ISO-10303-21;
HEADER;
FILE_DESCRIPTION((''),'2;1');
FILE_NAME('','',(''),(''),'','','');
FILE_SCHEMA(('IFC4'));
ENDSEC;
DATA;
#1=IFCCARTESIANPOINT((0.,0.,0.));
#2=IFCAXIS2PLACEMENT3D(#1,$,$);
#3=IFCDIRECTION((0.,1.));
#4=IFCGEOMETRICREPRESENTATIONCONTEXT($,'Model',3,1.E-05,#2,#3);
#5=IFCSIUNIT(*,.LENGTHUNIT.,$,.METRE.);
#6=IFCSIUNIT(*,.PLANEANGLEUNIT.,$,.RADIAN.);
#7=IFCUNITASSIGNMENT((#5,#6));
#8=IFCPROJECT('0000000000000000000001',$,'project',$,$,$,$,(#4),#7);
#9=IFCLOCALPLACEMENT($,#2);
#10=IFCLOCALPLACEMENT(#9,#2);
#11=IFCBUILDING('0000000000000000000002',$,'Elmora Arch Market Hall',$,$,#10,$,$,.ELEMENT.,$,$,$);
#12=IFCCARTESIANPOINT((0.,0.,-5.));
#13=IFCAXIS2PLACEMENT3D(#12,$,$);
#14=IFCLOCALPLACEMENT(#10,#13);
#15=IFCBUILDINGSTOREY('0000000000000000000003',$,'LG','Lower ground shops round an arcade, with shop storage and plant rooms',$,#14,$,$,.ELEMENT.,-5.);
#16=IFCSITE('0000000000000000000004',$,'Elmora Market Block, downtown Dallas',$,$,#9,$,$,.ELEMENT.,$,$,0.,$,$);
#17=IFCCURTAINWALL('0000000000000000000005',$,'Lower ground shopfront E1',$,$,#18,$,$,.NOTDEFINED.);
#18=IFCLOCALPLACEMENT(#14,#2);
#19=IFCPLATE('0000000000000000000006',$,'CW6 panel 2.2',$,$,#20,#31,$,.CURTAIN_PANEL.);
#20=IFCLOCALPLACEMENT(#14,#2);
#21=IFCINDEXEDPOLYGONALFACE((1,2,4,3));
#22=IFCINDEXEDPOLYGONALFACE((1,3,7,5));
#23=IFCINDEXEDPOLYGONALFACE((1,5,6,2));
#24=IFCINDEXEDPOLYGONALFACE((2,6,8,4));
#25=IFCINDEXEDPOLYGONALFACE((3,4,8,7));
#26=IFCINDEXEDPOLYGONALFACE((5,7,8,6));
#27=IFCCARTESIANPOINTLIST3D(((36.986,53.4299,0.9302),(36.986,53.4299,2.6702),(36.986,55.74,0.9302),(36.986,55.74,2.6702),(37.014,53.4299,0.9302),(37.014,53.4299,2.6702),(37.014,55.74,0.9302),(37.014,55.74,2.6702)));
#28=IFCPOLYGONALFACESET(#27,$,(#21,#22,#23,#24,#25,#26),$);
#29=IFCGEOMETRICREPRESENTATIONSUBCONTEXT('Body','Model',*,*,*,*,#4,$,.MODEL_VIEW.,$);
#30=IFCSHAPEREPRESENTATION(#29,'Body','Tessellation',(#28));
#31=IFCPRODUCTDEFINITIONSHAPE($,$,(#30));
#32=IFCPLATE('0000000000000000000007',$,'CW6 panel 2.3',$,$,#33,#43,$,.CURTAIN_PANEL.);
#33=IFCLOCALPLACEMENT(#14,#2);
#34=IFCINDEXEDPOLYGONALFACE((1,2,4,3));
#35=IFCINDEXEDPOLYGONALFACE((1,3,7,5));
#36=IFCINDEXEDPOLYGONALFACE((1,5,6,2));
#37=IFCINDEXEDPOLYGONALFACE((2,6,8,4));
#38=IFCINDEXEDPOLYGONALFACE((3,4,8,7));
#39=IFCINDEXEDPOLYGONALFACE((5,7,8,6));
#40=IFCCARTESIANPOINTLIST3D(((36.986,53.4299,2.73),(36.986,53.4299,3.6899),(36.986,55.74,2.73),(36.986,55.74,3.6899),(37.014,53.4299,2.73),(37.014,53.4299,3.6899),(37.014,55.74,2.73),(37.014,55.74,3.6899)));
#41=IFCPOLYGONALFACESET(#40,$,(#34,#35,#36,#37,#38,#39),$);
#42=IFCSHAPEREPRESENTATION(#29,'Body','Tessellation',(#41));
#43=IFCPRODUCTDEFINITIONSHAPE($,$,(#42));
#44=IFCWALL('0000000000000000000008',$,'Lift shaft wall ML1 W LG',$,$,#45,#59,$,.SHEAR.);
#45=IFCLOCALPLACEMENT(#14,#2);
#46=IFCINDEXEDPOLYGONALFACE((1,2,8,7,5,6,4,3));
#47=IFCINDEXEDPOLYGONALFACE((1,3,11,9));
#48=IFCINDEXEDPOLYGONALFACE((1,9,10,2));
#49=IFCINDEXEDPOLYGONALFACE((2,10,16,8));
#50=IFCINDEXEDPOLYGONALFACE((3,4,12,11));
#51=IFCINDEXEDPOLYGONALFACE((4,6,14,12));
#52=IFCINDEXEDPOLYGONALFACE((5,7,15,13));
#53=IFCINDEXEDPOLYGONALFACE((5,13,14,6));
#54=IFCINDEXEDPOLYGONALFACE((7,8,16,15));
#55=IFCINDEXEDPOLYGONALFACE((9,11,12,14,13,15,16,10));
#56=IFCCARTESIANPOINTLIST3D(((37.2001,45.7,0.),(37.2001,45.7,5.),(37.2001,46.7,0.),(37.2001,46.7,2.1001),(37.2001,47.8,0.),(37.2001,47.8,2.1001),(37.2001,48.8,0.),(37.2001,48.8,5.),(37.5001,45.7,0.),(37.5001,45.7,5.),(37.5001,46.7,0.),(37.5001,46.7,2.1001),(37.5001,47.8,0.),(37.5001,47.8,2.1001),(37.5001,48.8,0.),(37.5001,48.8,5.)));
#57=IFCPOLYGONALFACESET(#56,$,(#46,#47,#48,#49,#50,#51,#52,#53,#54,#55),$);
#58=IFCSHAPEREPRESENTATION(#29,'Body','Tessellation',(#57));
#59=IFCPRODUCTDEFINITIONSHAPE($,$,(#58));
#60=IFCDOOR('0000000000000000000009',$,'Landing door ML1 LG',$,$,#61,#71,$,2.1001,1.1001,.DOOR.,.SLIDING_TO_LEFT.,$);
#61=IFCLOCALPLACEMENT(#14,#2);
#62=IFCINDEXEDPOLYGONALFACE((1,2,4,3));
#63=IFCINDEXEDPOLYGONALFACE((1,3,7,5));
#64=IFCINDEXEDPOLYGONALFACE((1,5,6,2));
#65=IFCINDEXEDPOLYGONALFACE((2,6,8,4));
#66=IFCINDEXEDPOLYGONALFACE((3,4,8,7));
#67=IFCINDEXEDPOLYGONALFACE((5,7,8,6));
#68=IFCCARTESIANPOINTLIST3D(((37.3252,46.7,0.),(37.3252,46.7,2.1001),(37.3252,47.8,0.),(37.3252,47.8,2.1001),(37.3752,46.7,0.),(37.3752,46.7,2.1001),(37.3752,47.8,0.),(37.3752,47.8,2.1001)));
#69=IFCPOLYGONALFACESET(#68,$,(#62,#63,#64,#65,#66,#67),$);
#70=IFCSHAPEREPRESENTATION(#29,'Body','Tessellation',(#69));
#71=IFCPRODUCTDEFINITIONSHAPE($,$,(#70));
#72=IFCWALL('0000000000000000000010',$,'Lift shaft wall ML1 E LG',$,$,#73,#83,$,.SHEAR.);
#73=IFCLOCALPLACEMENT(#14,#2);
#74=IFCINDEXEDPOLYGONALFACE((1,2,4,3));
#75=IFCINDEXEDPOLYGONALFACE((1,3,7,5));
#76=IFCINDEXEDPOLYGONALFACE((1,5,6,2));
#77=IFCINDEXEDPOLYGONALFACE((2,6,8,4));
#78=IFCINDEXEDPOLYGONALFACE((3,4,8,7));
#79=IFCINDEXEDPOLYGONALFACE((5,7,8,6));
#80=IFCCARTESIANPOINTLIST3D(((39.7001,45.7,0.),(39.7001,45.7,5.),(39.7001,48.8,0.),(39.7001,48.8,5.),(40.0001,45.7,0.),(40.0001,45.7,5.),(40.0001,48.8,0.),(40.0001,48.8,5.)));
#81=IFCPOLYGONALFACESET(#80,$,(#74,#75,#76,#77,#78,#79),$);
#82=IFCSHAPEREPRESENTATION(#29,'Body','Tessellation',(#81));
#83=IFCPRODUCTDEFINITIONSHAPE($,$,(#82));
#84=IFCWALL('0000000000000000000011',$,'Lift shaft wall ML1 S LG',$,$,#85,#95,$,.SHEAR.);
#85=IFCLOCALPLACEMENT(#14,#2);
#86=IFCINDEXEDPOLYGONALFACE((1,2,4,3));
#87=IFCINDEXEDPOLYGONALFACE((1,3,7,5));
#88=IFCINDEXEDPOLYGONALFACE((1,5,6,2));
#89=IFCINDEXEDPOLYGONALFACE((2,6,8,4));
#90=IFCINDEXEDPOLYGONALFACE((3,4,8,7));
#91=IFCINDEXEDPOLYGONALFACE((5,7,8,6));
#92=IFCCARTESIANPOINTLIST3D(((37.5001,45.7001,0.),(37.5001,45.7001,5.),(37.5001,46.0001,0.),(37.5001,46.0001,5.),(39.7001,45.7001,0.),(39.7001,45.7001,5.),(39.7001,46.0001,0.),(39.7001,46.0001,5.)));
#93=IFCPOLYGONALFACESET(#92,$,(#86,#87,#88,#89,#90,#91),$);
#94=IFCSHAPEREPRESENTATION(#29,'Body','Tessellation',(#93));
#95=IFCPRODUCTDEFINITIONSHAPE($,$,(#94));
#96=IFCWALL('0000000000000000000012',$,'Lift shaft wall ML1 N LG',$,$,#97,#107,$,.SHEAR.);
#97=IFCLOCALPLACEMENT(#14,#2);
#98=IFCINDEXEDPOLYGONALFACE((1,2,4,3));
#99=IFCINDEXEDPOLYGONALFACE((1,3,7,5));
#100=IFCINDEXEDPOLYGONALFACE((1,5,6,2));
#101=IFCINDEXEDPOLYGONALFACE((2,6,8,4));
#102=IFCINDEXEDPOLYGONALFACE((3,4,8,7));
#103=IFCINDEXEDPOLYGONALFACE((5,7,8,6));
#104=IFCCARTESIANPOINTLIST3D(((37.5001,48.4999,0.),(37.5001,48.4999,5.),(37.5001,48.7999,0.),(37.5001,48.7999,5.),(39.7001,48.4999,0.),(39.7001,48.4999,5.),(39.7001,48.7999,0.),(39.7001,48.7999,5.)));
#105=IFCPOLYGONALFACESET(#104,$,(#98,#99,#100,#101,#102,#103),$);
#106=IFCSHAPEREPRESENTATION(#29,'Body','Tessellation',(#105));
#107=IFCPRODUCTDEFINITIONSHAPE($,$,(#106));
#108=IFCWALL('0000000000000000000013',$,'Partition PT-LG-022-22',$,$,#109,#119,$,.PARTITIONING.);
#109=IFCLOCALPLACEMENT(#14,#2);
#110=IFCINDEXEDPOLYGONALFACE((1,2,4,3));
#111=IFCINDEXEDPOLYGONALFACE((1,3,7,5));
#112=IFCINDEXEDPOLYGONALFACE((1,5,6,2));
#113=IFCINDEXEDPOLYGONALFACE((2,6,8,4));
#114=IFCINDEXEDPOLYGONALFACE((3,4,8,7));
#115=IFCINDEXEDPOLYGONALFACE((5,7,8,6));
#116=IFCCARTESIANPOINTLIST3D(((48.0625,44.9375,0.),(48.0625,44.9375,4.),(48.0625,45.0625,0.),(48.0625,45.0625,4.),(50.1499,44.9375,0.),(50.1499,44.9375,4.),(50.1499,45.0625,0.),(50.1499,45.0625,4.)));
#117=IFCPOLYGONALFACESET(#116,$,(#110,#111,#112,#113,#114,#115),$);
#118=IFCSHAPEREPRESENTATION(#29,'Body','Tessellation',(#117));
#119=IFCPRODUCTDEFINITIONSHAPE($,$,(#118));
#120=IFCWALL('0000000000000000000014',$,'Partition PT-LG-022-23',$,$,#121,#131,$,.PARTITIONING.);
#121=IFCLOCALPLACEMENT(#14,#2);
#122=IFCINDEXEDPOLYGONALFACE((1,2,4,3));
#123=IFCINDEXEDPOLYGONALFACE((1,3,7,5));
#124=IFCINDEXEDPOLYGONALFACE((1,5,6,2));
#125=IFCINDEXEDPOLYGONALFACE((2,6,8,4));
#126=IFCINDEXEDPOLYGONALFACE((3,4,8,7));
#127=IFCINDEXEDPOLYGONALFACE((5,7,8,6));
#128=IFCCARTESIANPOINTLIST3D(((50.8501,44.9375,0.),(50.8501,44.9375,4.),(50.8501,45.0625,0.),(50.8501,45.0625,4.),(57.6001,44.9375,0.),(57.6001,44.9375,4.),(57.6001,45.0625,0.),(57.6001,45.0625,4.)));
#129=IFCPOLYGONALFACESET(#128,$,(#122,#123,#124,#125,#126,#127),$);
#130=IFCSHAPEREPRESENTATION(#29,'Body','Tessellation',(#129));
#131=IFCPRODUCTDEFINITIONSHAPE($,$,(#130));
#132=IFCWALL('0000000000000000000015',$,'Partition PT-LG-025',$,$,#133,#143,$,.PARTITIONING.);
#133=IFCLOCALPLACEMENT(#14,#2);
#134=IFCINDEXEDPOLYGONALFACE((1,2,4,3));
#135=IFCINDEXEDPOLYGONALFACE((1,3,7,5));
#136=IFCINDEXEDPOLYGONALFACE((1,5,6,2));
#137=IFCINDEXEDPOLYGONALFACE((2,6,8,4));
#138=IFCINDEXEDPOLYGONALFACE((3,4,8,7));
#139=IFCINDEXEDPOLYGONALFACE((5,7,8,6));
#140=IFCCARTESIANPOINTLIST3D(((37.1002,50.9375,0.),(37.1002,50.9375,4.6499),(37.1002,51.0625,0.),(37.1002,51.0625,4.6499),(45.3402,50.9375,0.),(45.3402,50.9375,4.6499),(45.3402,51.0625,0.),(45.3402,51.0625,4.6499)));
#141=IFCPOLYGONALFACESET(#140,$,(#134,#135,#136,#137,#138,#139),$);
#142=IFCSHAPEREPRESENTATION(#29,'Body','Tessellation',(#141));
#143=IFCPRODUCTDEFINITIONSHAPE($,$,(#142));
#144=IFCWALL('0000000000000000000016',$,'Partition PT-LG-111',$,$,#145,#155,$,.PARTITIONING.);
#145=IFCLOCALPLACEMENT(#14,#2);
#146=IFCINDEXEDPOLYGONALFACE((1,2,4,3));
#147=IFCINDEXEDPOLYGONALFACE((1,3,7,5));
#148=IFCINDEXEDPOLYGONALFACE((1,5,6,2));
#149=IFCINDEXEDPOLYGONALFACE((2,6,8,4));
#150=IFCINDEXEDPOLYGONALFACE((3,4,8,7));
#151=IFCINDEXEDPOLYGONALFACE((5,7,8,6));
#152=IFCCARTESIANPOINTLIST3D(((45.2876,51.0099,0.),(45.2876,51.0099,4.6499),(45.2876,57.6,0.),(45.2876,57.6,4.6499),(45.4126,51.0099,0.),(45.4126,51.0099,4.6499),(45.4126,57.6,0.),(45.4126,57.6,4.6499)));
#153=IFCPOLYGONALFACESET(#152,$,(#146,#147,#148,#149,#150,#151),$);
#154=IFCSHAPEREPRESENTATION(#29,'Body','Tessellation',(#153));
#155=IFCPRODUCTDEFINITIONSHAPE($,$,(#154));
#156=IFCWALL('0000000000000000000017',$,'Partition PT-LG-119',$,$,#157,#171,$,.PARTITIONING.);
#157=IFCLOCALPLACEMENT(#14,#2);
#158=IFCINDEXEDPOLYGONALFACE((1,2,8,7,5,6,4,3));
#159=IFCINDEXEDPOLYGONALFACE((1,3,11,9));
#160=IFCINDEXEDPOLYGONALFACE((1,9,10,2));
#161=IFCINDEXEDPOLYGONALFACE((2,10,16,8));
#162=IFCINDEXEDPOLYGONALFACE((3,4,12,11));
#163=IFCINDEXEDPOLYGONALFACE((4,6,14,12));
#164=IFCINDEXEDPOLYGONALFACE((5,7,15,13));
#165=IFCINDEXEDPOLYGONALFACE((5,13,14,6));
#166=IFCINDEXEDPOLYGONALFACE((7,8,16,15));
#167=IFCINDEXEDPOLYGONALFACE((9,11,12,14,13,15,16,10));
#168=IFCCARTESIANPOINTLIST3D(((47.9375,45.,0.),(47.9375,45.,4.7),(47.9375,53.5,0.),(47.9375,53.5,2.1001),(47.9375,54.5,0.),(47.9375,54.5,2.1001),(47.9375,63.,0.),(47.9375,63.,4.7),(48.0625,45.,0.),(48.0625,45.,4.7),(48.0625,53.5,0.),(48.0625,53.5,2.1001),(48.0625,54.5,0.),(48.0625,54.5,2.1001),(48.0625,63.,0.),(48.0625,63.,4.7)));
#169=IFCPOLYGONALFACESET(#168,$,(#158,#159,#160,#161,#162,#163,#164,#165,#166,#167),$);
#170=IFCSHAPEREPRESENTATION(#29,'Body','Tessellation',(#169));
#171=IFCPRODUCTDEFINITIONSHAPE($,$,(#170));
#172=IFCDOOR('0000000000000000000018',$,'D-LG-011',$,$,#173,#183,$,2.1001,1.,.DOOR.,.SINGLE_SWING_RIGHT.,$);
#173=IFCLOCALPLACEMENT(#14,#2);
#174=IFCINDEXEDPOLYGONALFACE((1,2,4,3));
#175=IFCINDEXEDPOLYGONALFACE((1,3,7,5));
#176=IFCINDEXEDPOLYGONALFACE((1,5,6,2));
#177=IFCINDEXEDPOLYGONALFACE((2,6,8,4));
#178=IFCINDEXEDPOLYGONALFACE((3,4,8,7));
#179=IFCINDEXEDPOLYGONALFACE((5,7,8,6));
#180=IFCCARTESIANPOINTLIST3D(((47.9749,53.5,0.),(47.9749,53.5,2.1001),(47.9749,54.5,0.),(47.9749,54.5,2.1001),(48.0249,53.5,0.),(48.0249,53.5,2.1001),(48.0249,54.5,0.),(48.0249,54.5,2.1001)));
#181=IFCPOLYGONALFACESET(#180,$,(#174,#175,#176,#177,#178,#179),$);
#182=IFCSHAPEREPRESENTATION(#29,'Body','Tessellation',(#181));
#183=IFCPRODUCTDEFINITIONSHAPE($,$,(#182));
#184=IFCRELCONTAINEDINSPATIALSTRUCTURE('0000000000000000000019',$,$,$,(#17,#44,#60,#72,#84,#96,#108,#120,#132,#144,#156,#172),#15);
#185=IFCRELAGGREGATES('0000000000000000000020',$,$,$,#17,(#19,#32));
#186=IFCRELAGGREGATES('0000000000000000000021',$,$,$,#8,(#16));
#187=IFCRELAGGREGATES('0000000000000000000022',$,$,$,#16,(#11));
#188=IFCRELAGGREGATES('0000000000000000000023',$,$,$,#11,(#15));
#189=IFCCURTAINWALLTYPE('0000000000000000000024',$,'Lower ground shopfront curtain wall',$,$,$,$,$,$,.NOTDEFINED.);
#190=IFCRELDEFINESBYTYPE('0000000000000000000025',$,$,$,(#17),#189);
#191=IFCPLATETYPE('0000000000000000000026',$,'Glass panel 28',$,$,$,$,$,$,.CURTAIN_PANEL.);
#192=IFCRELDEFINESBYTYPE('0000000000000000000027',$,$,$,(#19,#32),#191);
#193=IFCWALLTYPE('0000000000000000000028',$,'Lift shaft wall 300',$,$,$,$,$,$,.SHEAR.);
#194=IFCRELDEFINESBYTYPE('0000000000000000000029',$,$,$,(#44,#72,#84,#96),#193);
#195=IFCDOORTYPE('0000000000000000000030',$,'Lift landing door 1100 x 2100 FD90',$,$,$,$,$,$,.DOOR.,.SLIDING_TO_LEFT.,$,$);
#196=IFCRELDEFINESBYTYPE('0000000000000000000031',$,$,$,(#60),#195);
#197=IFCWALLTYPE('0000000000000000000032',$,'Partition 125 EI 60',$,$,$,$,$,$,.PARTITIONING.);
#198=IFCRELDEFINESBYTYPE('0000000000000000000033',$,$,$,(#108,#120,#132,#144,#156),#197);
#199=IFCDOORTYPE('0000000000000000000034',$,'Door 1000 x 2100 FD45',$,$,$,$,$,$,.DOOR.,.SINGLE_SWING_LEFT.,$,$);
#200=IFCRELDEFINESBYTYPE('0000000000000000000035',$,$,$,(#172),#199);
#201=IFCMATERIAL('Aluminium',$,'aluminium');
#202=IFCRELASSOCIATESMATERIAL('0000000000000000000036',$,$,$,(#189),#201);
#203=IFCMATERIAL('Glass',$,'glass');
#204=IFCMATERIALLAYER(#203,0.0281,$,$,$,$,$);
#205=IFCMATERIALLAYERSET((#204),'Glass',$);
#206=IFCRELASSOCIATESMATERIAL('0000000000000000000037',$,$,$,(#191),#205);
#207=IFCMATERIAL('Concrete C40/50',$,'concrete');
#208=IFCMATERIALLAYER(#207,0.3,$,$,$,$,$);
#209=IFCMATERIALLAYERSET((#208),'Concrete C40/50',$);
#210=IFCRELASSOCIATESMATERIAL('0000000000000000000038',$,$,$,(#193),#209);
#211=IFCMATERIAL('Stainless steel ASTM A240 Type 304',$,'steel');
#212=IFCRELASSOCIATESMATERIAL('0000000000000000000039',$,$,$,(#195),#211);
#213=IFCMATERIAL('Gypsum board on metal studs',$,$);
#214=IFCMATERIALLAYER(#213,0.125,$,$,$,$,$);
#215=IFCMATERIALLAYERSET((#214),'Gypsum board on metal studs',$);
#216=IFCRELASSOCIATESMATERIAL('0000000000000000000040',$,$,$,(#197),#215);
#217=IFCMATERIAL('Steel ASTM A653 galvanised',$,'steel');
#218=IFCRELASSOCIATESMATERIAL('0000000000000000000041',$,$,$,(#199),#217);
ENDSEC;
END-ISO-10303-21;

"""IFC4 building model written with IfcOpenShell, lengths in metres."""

from ifc_helpers import new_model, si_unit, direction, frame, frame_2d, origin, origin_2d, place, context, subcontext, project, spatial, rectangle, extrude, material, layer, layer_set, type_object, element, fill, aggregate, save


model = new_model("IFC4")

# Units and contexts
model_context = context("Model", 3, precision=1e-05, world=origin(), true_north=direction((0.0, 1.0)))
body_context = subcontext(model_context, "Body", "Model", "MODEL_VIEW")
ifc_project = project(units=[si_unit("LENGTHUNIT", "METRE"), si_unit("PLANEANGLEUNIT", "RADIAN")], contexts=[model_context])

# Site, building, storey
site_placement = place(None, origin())
site = spatial("IfcSite", under=ifc_project, at=site_placement, Name="Elmora Market Block, downtown Dallas", CompositionType="ELEMENT", RefElevation=0.0)
building_placement = place(site_placement, origin())
building = spatial("IfcBuilding", under=site, at=building_placement, Name="Elmora Arch Market Hall", CompositionType="ELEMENT")
storey_placement = place(building_placement, frame((0.0, 0.0, -5.0)))
storey = spatial("IfcBuildingStorey", under=building, at=storey_placement, Name="LG", Description="Lower ground shops round an arcade, with shop storage and plant rooms", CompositionType="ELEMENT", Elevation=-5.0)

# Curtain wall, plates
ifc_material_1 = material(Name="Aluminium", Category="aluminium")
curtain_wall_type = type_object("IfcCurtainWallType", Name="Lower ground shopfront curtain wall", PredefinedType="NOTDEFINED", material=ifc_material_1)
curtain_wall_placement = place(storey_placement, origin())
curtain_wall = element("IfcCurtainWall", 1, at=curtain_wall_placement, inside=storey, type_object=curtain_wall_type, Name="Lower ground shopfront E1", PredefinedType="NOTDEFINED")
ifc_material_2 = material(Name="Glass", Category="glass")
ifc_layer_1 = layer(ifc_material_2, 0.0281)
ifc_layer_set_1 = layer_set([ifc_layer_1], Name="Glass")
plate_type = type_object("IfcPlateType", Name="Glass panel 28", PredefinedType="CURTAIN_PANEL", material=ifc_layer_set_1)
plate_1_placement = place(storey_placement, frame((37.0, 54.585, 0.9302), z_axis=(0.0, 0.0, 1.0), x_axis=(0.0, 1.0, 0.0)))
plate_1 = element("IfcPlate", 2, at=plate_1_placement, type_object=plate_type, Name="CW6 panel 2.2", PredefinedType="CURTAIN_PANEL", context=body_context, shape_type="SweptSolid", body=[
    extrude(rectangle(XDim=2.3101, YDim=0.0281, at=origin_2d()), origin(), (0.0, 0.0, 1.0), 1.74),
])
plate_2_placement = place(storey_placement, frame((37.0, 54.585, 2.73), z_axis=(0.0, 0.0, 1.0), x_axis=(0.0, 1.0, 0.0)))
plate_2 = element("IfcPlate", 3, at=plate_2_placement, type_object=plate_type, Name="CW6 panel 2.3", PredefinedType="CURTAIN_PANEL", context=body_context, shape_type="SweptSolid", body=[
    extrude(rectangle(XDim=2.3101, YDim=0.0281, at=origin_2d()), origin(), (0.0, 0.0, 1.0), 0.96),
])
aggregate(curtain_wall, [plate_1, plate_2])

# Wall, opening, door
ifc_material_3 = material(Name="Concrete C40/50", Category="concrete")
ifc_layer_2 = layer(ifc_material_3, 0.3)
ifc_layer_set_2 = layer_set([ifc_layer_2], Name="Concrete C40/50")
wall_type_1 = type_object("IfcWallType", Name="Lift shaft wall 300", PredefinedType="SHEAR", material=ifc_layer_set_2)
wall_1_placement = place(storey_placement, frame((37.3501, 45.7, 0.0), z_axis=(0.0, 0.0, 1.0), x_axis=(0.0, 1.0, 0.0)))
wall_1 = element("IfcWall", 4, at=wall_1_placement, inside=storey, type_object=wall_type_1, Name="Lift shaft wall ML1 W LG", PredefinedType="SHEAR", context=body_context, shape_type="SweptSolid", body=[
    extrude(rectangle(XDim=3.1001, YDim=0.3, at=frame_2d((1.55, 0.0))), origin(), (0.0, 0.0, 1.0), 5.0),
])
opening_1_placement = place(wall_1_placement, frame((1.0, 0.0, 0.0)))
opening_1 = element("IfcOpeningElement", 5, at=opening_1_placement, cuts=wall_1, PredefinedType="OPENING", context=body_context, shape_type="SweptSolid", body=[
    extrude(rectangle(XDim=1.1001, YDim=2.1001, at=frame_2d((0.55, 1.05))), frame((0.0, 0.1599, 0.0), z_axis=(0.0, -1.0, 0.0), x_axis=(1.0, 0.0, 0.0)), (0.0, 0.0, 1.0), 0.3201),
])
ifc_material_4 = material(Name="Stainless steel ASTM A240 Type 304", Category="steel")
door_type_1 = type_object("IfcDoorType", Name="Lift landing door 1100 x 2100 FD90", OperationType="SLIDING_TO_LEFT", PredefinedType="DOOR", material=ifc_material_4)
door_1_placement = place(opening_1_placement, origin())
door_1 = element("IfcDoor", 6, at=door_1_placement, inside=storey, type_object=door_type_1, Name="Landing door ML1 LG", OperationType="SLIDING_TO_LEFT", OverallHeight=2.1001, OverallWidth=1.1001, PredefinedType="DOOR", context=body_context, shape_type="SweptSolid", body=[
    extrude(rectangle(XDim=1.1001, YDim=2.1001, at=frame_2d((0.55, 1.05))), frame((0.0, 0.0249, 0.0), z_axis=(0.0, -1.0, 0.0), x_axis=(1.0, 0.0, 0.0)), (0.0, 0.0, 1.0), 0.05),
])
fill(opening_1, door_1)

# Walls
wall_2_placement = place(storey_placement, frame((39.8501, 45.7, 0.0), z_axis=(0.0, 0.0, 1.0), x_axis=(0.0, 1.0, 0.0)))
element("IfcWall", 7, at=wall_2_placement, inside=storey, type_object=wall_type_1, Name="Lift shaft wall ML1 E LG", PredefinedType="SHEAR", context=body_context, shape_type="SweptSolid", body=[
    extrude(rectangle(XDim=3.1001, YDim=0.3, at=frame_2d((1.55, 0.0))), origin(), (0.0, 0.0, 1.0), 5.0),
])
for number, where, z_axis, x_axis, name in (
    (8, (37.5, 45.8501, 0.0), (0.0, 0.0, 1.0), (1.0, 0.0, 0.0), "Lift shaft wall ML1 S LG"),
    (9, (37.5, 48.6499, 0.0), (0.0, 0.0, 1.0), (1.0, 0.0, 0.0), "Lift shaft wall ML1 N LG"),
):
    element("IfcWall", number, at=place(storey_placement, frame(where, z_axis=z_axis, x_axis=x_axis)), inside=storey, type_object=wall_type_1, Name=name, PredefinedType="SHEAR", context=body_context, shape_type="SweptSolid", body=[
        extrude(rectangle(XDim=2.2, YDim=0.3, at=frame_2d((1.1001, 0.0))), origin(), (0.0, 0.0, 1.0), 5.0),
    ])
ifc_material_5 = material(Name="Gypsum board on metal studs")
ifc_layer_3 = layer(ifc_material_5, 0.125)
ifc_layer_set_3 = layer_set([ifc_layer_3], Name="Gypsum board on metal studs")
wall_type_2 = type_object("IfcWallType", Name="Partition 125 EI 60", PredefinedType="PARTITIONING", material=ifc_layer_set_3)
wall_3_placement = place(storey_placement, frame((48.0625, 45.0, 0.0), z_axis=(0.0, 0.0, 1.0), x_axis=(1.0, 0.0, 0.0)))
element("IfcWall", 10, at=wall_3_placement, inside=storey, type_object=wall_type_2, Name="Partition PT-LG-022-22", PredefinedType="PARTITIONING", context=body_context, shape_type="SweptSolid", body=[
    extrude(rectangle(XDim=2.0874, YDim=0.125, at=frame_2d((1.0437, 0.0))), origin(), (0.0, 0.0, 1.0), 4.0),
])
wall_4_placement = place(storey_placement, frame((50.8501, 45.0, 0.0), z_axis=(0.0, 0.0, 1.0), x_axis=(1.0, 0.0, 0.0)))
element("IfcWall", 11, at=wall_4_placement, inside=storey, type_object=wall_type_2, Name="Partition PT-LG-022-23", PredefinedType="PARTITIONING", context=body_context, shape_type="SweptSolid", body=[
    extrude(rectangle(XDim=6.75, YDim=0.125, at=frame_2d((3.375, 0.0))), origin(), (0.0, 0.0, 1.0), 4.0),
])
wall_5_placement = place(storey_placement, frame((37.1001, 51.0, 0.0), z_axis=(0.0, 0.0, 1.0), x_axis=(1.0, 0.0, 0.0)))
element("IfcWall", 12, at=wall_5_placement, inside=storey, type_object=wall_type_2, Name="Partition PT-LG-025", PredefinedType="PARTITIONING", context=body_context, shape_type="SweptSolid", body=[
    extrude(rectangle(XDim=8.24, YDim=0.125, at=frame_2d((4.1201, 0.0))), origin(), (0.0, 0.0, 1.0), 4.6499),
])
wall_6_placement = place(storey_placement, frame((45.3501, 51.01, 0.0), z_axis=(0.0, 0.0, 1.0), x_axis=(0.0, 1.0, 0.0)))
element("IfcWall", 13, at=wall_6_placement, inside=storey, type_object=wall_type_2, Name="Partition PT-LG-111", PredefinedType="PARTITIONING", context=body_context, shape_type="SweptSolid", body=[
    extrude(rectangle(XDim=6.5901, YDim=0.125, at=frame_2d((3.2949, 0.0))), origin(), (0.0, 0.0, 1.0), 4.6499),
])

# Wall, opening, door
wall_7_placement = place(storey_placement, frame((48.0, 45.0, 0.0), z_axis=(0.0, 0.0, 1.0), x_axis=(0.0, 1.0, 0.0)))
wall_7 = element("IfcWall", 14, at=wall_7_placement, inside=storey, type_object=wall_type_2, Name="Partition PT-LG-119", PredefinedType="PARTITIONING", context=body_context, shape_type="SweptSolid", body=[
    extrude(rectangle(XDim=18.0, YDim=0.125, at=frame_2d((9.0, 0.0))), origin(), (0.0, 0.0, 1.0), 4.7),
])
opening_2_placement = place(wall_7_placement, frame((8.5, 0.0, 0.0)))
opening_2 = element("IfcOpeningElement", 15, at=opening_2_placement, cuts=wall_7, PredefinedType="OPENING", context=body_context, shape_type="SweptSolid", body=[
    extrude(rectangle(XDim=1.0, YDim=2.1001, at=frame_2d((0.5, 1.05))), frame((0.0, 0.0725, 0.0), z_axis=(0.0, -1.0, 0.0), x_axis=(1.0, 0.0, 0.0)), (0.0, 0.0, 1.0), 0.145),
])
ifc_material_6 = material(Name="Steel ASTM A653 galvanised", Category="steel")
door_type_2 = type_object("IfcDoorType", Name="Door 1000 x 2100 FD45", OperationType="SINGLE_SWING_LEFT", PredefinedType="DOOR", material=ifc_material_6)
door_2_placement = place(opening_2_placement, frame((1.0, 0.0, 0.0), z_axis=(0.0, 0.0, 1.0), x_axis=(-1.0, 0.0, 0.0)))
door_2 = element("IfcDoor", 16, at=door_2_placement, inside=storey, type_object=door_type_2, Name="D-LG-011", OperationType="SINGLE_SWING_RIGHT", OverallHeight=2.1001, OverallWidth=1.0, PredefinedType="DOOR", context=body_context, shape_type="SweptSolid", body=[
    extrude(rectangle(XDim=1.0, YDim=2.1001, at=frame_2d((0.5, 1.05))), frame((0.0, 0.0249, 0.0), z_axis=(0.0, -1.0, 0.0), x_axis=(1.0, 0.0, 0.0)), (0.0, 0.0, 1.0), 0.05),
])
fill(opening_2, door_2)

save(model, "model.ifc")
